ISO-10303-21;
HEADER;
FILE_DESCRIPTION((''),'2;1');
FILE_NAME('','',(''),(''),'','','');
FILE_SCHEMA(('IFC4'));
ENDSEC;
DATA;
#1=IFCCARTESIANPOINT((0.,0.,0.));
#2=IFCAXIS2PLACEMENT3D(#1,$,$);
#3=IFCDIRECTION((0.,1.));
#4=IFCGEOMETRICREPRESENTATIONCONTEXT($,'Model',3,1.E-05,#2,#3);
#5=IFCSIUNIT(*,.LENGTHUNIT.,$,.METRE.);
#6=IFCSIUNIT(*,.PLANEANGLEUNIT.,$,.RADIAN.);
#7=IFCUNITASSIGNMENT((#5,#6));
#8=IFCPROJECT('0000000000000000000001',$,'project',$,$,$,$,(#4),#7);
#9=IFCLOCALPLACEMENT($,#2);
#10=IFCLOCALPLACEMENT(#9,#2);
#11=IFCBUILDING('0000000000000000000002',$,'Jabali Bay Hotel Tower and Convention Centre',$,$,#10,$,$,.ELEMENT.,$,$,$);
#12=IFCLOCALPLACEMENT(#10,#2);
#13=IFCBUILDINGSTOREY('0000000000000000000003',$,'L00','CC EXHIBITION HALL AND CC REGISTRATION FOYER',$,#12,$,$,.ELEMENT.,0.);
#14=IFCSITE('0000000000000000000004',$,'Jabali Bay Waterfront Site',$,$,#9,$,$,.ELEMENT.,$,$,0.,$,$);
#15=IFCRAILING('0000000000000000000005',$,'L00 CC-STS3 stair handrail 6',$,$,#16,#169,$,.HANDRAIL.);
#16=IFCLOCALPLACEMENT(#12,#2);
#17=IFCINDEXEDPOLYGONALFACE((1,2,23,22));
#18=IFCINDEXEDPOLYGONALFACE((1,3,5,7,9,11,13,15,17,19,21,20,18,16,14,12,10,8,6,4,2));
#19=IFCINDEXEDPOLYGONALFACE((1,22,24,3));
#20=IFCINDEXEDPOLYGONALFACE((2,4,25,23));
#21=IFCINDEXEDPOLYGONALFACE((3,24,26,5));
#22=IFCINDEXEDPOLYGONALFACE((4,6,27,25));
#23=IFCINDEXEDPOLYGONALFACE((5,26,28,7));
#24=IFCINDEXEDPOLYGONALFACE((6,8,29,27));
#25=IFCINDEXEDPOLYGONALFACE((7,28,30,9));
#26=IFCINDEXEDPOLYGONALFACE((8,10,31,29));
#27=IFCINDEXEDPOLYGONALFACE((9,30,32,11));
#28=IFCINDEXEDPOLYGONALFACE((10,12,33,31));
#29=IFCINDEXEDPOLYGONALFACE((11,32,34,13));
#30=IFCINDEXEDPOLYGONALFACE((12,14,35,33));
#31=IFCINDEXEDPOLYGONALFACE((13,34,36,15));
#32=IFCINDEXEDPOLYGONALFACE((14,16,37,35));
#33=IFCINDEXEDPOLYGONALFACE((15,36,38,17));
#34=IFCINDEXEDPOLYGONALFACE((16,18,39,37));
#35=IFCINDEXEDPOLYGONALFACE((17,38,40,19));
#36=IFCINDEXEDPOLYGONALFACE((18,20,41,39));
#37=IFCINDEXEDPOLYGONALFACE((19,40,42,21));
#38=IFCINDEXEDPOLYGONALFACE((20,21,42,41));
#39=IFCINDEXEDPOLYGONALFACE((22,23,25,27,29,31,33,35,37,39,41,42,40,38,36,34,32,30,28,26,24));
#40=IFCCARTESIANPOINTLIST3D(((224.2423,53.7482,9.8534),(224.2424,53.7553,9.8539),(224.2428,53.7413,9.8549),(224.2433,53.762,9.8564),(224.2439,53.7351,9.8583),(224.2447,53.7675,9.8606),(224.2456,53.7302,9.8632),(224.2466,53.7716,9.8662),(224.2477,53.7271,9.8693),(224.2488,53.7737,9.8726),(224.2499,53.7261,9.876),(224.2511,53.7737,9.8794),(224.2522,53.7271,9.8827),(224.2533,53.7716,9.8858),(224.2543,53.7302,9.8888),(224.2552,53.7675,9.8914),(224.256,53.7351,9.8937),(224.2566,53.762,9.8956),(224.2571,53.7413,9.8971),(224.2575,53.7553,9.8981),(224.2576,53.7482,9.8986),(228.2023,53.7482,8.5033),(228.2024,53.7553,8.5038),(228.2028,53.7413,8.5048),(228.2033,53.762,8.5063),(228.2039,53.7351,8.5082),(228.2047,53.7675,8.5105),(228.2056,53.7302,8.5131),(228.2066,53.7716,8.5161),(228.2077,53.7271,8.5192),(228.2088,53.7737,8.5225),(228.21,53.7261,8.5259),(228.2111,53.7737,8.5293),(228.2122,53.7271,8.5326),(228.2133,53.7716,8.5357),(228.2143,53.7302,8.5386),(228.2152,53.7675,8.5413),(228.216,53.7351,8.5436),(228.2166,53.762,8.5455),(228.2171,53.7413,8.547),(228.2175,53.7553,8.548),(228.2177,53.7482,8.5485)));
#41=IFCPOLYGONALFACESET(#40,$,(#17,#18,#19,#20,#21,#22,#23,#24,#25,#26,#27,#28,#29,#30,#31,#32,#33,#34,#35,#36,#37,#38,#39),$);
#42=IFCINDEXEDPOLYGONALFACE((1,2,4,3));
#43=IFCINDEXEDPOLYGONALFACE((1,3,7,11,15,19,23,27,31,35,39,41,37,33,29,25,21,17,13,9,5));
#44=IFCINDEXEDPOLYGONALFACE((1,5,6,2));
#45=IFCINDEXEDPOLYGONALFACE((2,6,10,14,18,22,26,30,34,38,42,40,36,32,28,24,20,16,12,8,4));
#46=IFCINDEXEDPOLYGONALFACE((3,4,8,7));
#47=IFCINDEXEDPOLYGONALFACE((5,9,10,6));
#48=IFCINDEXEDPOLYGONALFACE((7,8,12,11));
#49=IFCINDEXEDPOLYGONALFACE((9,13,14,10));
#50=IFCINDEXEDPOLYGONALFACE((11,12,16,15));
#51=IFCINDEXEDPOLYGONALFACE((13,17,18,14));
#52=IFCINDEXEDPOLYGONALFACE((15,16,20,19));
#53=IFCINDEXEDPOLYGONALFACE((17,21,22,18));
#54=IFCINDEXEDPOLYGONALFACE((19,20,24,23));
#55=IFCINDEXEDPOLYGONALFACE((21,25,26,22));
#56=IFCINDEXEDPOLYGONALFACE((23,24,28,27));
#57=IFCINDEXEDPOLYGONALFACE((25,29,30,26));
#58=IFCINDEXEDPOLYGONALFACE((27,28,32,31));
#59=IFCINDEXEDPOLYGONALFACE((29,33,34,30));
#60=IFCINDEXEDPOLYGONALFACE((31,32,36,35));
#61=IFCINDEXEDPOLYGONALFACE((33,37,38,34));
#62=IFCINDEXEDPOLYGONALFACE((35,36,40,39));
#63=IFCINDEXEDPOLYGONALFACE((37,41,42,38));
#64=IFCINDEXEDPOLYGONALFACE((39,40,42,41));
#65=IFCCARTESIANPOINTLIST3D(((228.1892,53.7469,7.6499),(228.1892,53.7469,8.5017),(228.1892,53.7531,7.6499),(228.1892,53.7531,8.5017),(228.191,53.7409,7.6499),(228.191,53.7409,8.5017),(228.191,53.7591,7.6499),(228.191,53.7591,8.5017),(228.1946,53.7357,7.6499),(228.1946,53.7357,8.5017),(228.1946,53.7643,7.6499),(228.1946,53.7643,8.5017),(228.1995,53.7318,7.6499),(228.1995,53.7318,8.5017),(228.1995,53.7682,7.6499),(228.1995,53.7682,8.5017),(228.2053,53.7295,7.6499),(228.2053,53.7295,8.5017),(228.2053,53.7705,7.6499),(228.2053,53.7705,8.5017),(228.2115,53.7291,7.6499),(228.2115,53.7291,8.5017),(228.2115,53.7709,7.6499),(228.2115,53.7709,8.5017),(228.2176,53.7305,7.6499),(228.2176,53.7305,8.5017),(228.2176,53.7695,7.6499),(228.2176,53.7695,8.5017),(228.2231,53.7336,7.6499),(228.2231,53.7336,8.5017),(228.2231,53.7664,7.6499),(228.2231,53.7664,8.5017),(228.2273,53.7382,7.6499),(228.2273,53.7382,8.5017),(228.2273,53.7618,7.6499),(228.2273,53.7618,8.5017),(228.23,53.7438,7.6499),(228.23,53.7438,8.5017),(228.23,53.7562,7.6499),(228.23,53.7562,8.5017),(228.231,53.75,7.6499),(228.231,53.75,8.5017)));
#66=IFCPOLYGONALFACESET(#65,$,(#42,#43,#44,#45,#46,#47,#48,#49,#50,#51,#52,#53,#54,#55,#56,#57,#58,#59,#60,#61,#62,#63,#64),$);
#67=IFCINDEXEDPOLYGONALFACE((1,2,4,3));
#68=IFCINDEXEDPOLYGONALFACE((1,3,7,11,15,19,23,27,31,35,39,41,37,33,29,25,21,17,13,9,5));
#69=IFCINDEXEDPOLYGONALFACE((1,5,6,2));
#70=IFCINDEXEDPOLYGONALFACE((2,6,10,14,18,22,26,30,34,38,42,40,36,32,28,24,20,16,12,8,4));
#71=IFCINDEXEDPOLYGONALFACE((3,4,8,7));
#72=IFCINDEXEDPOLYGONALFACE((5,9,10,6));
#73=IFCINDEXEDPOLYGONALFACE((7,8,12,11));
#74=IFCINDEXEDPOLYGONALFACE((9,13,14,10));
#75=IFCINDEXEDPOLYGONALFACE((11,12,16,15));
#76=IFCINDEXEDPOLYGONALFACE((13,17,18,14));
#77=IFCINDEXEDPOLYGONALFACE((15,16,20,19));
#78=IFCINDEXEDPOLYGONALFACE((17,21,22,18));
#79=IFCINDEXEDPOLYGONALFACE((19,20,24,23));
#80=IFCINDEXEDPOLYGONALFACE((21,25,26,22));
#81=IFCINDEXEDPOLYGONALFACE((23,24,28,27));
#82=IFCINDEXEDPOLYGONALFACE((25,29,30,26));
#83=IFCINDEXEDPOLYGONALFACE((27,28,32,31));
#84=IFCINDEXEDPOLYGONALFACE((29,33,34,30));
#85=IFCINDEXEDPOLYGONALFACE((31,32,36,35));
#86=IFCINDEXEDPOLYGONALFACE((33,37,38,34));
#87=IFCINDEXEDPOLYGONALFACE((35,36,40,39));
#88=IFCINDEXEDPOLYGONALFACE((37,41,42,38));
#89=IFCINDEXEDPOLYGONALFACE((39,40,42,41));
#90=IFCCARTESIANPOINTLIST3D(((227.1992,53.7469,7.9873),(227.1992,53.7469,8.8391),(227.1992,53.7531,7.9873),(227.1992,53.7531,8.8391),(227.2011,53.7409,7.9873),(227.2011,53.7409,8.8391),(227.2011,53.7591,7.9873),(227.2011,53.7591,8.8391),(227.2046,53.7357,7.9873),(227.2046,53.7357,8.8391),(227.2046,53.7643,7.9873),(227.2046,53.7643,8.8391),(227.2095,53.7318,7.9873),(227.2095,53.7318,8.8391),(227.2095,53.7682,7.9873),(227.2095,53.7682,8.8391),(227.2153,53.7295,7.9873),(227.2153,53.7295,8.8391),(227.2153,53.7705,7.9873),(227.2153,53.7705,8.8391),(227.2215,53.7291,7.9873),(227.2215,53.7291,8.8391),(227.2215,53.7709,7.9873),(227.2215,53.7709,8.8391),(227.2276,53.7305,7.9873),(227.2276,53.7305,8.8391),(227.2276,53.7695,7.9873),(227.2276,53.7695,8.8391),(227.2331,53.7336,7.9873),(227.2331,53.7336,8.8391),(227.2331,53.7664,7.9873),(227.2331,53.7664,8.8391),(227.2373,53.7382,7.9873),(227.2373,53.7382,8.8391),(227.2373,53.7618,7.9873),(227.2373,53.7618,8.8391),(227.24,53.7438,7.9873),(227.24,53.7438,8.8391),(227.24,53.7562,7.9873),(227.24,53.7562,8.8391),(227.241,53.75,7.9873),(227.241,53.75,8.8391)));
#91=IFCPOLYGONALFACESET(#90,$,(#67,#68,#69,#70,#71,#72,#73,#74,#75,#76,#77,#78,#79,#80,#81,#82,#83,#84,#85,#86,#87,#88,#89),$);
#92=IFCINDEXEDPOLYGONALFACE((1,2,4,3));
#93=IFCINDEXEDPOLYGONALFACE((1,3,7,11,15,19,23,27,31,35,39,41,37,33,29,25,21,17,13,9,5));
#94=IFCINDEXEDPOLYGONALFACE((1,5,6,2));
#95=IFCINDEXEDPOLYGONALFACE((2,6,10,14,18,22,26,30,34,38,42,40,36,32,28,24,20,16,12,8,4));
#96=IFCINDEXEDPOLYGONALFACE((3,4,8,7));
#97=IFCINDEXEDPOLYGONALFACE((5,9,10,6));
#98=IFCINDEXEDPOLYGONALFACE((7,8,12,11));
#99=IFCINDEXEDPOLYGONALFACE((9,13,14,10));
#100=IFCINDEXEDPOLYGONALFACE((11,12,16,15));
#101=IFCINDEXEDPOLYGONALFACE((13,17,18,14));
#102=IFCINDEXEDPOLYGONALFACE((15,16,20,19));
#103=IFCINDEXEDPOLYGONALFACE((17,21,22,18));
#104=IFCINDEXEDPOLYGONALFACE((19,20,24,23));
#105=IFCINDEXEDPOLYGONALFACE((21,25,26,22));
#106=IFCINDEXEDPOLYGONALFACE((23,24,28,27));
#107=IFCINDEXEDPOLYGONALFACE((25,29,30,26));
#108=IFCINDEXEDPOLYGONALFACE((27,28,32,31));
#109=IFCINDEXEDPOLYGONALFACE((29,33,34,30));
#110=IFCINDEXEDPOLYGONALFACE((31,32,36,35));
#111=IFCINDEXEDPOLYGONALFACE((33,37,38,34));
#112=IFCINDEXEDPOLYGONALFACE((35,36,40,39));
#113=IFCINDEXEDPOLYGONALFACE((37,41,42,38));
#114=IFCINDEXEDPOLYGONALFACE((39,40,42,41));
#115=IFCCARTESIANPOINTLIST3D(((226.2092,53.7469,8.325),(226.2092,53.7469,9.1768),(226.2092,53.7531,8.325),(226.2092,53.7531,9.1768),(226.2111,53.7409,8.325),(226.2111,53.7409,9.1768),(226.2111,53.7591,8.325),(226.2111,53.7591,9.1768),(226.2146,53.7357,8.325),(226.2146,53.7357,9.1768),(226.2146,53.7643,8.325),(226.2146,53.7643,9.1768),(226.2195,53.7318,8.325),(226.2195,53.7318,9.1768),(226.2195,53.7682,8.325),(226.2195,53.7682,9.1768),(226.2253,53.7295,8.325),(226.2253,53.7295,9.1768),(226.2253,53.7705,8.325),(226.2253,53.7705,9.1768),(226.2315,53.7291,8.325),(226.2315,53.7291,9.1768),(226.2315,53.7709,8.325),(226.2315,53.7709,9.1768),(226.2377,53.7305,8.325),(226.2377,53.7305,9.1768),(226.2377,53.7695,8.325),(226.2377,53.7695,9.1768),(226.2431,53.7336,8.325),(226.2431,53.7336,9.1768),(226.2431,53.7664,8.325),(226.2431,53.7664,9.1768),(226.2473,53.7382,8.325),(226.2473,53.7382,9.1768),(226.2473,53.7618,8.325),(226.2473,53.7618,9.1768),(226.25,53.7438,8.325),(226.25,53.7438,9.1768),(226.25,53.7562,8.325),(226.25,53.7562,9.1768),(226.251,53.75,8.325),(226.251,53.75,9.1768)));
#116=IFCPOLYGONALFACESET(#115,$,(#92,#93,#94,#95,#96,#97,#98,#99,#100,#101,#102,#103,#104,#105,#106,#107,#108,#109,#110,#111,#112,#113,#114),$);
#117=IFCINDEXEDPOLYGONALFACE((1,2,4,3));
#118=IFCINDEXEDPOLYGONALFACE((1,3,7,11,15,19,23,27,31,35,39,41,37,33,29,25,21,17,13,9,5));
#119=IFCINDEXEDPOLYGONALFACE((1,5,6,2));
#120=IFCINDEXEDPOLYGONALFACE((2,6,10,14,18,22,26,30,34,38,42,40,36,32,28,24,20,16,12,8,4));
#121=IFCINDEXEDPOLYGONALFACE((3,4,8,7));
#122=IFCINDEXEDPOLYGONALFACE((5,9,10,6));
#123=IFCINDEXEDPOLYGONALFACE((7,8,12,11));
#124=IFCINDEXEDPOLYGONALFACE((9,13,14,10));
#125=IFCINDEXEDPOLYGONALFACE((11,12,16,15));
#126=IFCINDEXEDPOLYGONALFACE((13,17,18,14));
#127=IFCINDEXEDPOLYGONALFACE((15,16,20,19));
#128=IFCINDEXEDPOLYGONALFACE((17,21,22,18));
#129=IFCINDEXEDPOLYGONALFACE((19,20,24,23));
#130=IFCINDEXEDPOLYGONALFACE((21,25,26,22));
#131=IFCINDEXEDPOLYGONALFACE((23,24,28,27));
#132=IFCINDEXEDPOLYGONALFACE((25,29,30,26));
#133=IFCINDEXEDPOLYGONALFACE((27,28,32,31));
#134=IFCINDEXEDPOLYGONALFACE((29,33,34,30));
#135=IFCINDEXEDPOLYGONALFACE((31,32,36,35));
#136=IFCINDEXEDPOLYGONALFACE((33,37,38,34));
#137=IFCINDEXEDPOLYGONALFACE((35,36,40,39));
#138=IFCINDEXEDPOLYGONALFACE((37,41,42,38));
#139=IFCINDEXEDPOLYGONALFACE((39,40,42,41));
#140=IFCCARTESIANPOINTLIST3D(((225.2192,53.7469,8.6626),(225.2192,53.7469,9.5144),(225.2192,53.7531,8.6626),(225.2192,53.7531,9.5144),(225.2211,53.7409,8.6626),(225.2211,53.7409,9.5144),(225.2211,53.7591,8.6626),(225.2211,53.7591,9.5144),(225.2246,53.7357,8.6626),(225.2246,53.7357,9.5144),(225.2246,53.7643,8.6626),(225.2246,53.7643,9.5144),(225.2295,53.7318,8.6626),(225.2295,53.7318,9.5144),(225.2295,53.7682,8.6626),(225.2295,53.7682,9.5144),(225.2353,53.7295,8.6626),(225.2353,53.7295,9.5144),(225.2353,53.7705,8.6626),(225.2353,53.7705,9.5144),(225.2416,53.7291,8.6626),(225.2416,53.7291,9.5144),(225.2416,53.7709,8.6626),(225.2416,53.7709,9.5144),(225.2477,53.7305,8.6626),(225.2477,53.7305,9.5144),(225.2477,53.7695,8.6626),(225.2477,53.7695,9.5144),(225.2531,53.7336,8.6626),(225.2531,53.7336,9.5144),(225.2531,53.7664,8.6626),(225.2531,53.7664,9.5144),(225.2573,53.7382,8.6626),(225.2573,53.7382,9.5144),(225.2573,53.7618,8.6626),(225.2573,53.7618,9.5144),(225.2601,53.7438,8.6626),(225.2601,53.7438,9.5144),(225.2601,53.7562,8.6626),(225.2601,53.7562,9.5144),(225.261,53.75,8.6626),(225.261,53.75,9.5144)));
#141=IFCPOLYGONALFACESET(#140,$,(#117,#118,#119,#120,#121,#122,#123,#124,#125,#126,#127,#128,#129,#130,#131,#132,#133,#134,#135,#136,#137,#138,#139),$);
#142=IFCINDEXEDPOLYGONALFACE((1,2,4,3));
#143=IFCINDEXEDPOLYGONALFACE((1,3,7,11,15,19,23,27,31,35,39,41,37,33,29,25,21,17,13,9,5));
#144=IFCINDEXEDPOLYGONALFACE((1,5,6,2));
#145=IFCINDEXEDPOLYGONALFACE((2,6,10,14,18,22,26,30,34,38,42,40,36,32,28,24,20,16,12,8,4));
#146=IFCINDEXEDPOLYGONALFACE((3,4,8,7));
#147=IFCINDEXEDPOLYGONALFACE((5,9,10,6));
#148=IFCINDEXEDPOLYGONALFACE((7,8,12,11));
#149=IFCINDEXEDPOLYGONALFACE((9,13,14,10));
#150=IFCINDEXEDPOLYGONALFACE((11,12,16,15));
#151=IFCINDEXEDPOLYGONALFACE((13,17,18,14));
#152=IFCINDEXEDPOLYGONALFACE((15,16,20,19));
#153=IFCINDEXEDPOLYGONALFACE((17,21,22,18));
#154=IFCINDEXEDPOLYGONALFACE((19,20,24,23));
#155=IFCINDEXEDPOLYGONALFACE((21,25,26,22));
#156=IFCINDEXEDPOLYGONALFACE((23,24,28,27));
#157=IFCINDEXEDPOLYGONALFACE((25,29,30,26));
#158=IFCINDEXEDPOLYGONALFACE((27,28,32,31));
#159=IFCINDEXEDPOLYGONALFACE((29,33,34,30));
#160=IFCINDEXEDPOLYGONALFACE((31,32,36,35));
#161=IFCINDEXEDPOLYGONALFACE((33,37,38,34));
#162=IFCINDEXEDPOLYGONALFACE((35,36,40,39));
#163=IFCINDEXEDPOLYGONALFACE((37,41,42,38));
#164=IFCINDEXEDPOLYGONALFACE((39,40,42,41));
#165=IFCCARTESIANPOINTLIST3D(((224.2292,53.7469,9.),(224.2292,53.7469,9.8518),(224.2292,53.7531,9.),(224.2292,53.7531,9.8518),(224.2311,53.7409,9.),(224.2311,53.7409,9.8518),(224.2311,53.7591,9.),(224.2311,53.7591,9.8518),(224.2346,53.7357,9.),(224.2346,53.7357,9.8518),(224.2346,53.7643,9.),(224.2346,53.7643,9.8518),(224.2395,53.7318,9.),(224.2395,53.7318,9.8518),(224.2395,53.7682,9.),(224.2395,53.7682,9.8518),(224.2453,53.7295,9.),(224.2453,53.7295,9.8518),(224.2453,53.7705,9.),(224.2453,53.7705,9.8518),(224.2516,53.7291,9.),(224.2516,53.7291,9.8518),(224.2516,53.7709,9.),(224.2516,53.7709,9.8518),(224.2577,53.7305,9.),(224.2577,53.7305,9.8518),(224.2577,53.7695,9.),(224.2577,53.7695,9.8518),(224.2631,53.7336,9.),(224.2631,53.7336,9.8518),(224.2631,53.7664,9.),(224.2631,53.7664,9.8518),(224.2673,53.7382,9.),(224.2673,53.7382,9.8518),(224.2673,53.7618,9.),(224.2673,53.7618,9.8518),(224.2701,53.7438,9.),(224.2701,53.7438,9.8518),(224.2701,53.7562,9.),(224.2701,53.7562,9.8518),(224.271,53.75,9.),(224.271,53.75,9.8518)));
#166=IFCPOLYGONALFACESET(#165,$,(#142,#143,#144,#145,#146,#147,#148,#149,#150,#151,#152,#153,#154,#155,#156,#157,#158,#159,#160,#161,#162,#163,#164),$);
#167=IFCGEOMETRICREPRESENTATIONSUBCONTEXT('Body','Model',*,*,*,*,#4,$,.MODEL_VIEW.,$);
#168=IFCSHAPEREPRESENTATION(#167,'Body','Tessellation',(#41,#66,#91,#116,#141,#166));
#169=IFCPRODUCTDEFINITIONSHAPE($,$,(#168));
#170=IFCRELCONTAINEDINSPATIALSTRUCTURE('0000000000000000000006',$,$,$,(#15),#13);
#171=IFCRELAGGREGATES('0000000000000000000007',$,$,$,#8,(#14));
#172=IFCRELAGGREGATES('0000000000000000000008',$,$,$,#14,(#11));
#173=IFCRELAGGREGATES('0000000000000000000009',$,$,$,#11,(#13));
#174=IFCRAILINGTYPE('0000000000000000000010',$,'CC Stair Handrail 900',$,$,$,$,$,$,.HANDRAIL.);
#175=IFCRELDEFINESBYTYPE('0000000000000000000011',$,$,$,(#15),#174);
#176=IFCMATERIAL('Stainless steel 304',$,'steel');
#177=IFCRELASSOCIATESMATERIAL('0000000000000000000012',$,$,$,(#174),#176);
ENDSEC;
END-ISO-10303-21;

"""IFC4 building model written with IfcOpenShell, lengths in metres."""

from ifc_helpers import new_model, si_unit, direction, frame, origin, origin_2d, place, context, subcontext, project, spatial, circle, extrude, material, type_object, element, save


model = new_model("IFC4")

# Units and contexts
model_context = context("Model", 3, precision=1e-05, world=origin(), true_north=direction((0.0, 1.0)))
body_context = subcontext(model_context, "Body", "Model", "MODEL_VIEW")
ifc_project = project(units=[si_unit("LENGTHUNIT", "METRE"), si_unit("PLANEANGLEUNIT", "RADIAN")], contexts=[model_context])

# Site, building, storey
site_placement = place(None, origin())
site = spatial("IfcSite", under=ifc_project, at=site_placement, Name="Jabali Bay Waterfront Site", CompositionType="ELEMENT", RefElevation=0.0)
building_placement = place(site_placement, origin())
building = spatial("IfcBuilding", under=site, at=building_placement, Name="Jabali Bay Hotel Tower and Convention Centre", CompositionType="ELEMENT")
storey_placement = place(building_placement, origin())
storey = spatial("IfcBuildingStorey", under=building, at=storey_placement, Name="L00", Description="CC EXHIBITION HALL AND CC REGISTRATION FOYER", CompositionType="ELEMENT", Elevation=0.0)

# Railing
ifc_material_1 = material(Name="Stainless steel 304", Category="steel")
railing_type_1 = type_object("IfcRailingType", Name="CC Stair Handrail 900", PredefinedType="HANDRAIL", material=ifc_material_1)
railing_1_placement = place(storey_placement, frame((228.21, 53.75, 7.6499)))
element("IfcRailing", 1, at=railing_1_placement, inside=storey, type_object=railing_type_1, Name="L00 CC-STS3 stair handrail 6", PredefinedType="HANDRAIL", context=body_context, shape_type="SweptSolid", body=[
    extrude(circle(Radius=0.0239, at=origin_2d()), frame((0.0, 0.0, 0.876), z_axis=(-0.946502, 0.0, 0.322698), x_axis=(0.0, -1.0, 0.0)), (0.0, 0.0, 1.0), 4.1838),
    extrude(circle(Radius=0.021, at=origin_2d()), origin(), (0.0, 0.0, 1.0), 0.8518),
    extrude(circle(Radius=0.021, at=origin_2d()), frame((-0.99, 0.0, 0.3374)), (0.0, 0.0, 1.0), 0.8518),
    extrude(circle(Radius=0.021, at=origin_2d()), frame((-1.98, 0.0, 0.675)), (0.0, 0.0, 1.0), 0.8518),
    extrude(circle(Radius=0.021, at=origin_2d()), frame((-2.97, 0.0, 1.0127)), (0.0, 0.0, 1.0), 0.8518),
    extrude(circle(Radius=0.021, at=origin_2d()), frame((-3.96, 0.0, 1.3501)), (0.0, 0.0, 1.0), 0.8518),
])

save(model, "model.ifc")
